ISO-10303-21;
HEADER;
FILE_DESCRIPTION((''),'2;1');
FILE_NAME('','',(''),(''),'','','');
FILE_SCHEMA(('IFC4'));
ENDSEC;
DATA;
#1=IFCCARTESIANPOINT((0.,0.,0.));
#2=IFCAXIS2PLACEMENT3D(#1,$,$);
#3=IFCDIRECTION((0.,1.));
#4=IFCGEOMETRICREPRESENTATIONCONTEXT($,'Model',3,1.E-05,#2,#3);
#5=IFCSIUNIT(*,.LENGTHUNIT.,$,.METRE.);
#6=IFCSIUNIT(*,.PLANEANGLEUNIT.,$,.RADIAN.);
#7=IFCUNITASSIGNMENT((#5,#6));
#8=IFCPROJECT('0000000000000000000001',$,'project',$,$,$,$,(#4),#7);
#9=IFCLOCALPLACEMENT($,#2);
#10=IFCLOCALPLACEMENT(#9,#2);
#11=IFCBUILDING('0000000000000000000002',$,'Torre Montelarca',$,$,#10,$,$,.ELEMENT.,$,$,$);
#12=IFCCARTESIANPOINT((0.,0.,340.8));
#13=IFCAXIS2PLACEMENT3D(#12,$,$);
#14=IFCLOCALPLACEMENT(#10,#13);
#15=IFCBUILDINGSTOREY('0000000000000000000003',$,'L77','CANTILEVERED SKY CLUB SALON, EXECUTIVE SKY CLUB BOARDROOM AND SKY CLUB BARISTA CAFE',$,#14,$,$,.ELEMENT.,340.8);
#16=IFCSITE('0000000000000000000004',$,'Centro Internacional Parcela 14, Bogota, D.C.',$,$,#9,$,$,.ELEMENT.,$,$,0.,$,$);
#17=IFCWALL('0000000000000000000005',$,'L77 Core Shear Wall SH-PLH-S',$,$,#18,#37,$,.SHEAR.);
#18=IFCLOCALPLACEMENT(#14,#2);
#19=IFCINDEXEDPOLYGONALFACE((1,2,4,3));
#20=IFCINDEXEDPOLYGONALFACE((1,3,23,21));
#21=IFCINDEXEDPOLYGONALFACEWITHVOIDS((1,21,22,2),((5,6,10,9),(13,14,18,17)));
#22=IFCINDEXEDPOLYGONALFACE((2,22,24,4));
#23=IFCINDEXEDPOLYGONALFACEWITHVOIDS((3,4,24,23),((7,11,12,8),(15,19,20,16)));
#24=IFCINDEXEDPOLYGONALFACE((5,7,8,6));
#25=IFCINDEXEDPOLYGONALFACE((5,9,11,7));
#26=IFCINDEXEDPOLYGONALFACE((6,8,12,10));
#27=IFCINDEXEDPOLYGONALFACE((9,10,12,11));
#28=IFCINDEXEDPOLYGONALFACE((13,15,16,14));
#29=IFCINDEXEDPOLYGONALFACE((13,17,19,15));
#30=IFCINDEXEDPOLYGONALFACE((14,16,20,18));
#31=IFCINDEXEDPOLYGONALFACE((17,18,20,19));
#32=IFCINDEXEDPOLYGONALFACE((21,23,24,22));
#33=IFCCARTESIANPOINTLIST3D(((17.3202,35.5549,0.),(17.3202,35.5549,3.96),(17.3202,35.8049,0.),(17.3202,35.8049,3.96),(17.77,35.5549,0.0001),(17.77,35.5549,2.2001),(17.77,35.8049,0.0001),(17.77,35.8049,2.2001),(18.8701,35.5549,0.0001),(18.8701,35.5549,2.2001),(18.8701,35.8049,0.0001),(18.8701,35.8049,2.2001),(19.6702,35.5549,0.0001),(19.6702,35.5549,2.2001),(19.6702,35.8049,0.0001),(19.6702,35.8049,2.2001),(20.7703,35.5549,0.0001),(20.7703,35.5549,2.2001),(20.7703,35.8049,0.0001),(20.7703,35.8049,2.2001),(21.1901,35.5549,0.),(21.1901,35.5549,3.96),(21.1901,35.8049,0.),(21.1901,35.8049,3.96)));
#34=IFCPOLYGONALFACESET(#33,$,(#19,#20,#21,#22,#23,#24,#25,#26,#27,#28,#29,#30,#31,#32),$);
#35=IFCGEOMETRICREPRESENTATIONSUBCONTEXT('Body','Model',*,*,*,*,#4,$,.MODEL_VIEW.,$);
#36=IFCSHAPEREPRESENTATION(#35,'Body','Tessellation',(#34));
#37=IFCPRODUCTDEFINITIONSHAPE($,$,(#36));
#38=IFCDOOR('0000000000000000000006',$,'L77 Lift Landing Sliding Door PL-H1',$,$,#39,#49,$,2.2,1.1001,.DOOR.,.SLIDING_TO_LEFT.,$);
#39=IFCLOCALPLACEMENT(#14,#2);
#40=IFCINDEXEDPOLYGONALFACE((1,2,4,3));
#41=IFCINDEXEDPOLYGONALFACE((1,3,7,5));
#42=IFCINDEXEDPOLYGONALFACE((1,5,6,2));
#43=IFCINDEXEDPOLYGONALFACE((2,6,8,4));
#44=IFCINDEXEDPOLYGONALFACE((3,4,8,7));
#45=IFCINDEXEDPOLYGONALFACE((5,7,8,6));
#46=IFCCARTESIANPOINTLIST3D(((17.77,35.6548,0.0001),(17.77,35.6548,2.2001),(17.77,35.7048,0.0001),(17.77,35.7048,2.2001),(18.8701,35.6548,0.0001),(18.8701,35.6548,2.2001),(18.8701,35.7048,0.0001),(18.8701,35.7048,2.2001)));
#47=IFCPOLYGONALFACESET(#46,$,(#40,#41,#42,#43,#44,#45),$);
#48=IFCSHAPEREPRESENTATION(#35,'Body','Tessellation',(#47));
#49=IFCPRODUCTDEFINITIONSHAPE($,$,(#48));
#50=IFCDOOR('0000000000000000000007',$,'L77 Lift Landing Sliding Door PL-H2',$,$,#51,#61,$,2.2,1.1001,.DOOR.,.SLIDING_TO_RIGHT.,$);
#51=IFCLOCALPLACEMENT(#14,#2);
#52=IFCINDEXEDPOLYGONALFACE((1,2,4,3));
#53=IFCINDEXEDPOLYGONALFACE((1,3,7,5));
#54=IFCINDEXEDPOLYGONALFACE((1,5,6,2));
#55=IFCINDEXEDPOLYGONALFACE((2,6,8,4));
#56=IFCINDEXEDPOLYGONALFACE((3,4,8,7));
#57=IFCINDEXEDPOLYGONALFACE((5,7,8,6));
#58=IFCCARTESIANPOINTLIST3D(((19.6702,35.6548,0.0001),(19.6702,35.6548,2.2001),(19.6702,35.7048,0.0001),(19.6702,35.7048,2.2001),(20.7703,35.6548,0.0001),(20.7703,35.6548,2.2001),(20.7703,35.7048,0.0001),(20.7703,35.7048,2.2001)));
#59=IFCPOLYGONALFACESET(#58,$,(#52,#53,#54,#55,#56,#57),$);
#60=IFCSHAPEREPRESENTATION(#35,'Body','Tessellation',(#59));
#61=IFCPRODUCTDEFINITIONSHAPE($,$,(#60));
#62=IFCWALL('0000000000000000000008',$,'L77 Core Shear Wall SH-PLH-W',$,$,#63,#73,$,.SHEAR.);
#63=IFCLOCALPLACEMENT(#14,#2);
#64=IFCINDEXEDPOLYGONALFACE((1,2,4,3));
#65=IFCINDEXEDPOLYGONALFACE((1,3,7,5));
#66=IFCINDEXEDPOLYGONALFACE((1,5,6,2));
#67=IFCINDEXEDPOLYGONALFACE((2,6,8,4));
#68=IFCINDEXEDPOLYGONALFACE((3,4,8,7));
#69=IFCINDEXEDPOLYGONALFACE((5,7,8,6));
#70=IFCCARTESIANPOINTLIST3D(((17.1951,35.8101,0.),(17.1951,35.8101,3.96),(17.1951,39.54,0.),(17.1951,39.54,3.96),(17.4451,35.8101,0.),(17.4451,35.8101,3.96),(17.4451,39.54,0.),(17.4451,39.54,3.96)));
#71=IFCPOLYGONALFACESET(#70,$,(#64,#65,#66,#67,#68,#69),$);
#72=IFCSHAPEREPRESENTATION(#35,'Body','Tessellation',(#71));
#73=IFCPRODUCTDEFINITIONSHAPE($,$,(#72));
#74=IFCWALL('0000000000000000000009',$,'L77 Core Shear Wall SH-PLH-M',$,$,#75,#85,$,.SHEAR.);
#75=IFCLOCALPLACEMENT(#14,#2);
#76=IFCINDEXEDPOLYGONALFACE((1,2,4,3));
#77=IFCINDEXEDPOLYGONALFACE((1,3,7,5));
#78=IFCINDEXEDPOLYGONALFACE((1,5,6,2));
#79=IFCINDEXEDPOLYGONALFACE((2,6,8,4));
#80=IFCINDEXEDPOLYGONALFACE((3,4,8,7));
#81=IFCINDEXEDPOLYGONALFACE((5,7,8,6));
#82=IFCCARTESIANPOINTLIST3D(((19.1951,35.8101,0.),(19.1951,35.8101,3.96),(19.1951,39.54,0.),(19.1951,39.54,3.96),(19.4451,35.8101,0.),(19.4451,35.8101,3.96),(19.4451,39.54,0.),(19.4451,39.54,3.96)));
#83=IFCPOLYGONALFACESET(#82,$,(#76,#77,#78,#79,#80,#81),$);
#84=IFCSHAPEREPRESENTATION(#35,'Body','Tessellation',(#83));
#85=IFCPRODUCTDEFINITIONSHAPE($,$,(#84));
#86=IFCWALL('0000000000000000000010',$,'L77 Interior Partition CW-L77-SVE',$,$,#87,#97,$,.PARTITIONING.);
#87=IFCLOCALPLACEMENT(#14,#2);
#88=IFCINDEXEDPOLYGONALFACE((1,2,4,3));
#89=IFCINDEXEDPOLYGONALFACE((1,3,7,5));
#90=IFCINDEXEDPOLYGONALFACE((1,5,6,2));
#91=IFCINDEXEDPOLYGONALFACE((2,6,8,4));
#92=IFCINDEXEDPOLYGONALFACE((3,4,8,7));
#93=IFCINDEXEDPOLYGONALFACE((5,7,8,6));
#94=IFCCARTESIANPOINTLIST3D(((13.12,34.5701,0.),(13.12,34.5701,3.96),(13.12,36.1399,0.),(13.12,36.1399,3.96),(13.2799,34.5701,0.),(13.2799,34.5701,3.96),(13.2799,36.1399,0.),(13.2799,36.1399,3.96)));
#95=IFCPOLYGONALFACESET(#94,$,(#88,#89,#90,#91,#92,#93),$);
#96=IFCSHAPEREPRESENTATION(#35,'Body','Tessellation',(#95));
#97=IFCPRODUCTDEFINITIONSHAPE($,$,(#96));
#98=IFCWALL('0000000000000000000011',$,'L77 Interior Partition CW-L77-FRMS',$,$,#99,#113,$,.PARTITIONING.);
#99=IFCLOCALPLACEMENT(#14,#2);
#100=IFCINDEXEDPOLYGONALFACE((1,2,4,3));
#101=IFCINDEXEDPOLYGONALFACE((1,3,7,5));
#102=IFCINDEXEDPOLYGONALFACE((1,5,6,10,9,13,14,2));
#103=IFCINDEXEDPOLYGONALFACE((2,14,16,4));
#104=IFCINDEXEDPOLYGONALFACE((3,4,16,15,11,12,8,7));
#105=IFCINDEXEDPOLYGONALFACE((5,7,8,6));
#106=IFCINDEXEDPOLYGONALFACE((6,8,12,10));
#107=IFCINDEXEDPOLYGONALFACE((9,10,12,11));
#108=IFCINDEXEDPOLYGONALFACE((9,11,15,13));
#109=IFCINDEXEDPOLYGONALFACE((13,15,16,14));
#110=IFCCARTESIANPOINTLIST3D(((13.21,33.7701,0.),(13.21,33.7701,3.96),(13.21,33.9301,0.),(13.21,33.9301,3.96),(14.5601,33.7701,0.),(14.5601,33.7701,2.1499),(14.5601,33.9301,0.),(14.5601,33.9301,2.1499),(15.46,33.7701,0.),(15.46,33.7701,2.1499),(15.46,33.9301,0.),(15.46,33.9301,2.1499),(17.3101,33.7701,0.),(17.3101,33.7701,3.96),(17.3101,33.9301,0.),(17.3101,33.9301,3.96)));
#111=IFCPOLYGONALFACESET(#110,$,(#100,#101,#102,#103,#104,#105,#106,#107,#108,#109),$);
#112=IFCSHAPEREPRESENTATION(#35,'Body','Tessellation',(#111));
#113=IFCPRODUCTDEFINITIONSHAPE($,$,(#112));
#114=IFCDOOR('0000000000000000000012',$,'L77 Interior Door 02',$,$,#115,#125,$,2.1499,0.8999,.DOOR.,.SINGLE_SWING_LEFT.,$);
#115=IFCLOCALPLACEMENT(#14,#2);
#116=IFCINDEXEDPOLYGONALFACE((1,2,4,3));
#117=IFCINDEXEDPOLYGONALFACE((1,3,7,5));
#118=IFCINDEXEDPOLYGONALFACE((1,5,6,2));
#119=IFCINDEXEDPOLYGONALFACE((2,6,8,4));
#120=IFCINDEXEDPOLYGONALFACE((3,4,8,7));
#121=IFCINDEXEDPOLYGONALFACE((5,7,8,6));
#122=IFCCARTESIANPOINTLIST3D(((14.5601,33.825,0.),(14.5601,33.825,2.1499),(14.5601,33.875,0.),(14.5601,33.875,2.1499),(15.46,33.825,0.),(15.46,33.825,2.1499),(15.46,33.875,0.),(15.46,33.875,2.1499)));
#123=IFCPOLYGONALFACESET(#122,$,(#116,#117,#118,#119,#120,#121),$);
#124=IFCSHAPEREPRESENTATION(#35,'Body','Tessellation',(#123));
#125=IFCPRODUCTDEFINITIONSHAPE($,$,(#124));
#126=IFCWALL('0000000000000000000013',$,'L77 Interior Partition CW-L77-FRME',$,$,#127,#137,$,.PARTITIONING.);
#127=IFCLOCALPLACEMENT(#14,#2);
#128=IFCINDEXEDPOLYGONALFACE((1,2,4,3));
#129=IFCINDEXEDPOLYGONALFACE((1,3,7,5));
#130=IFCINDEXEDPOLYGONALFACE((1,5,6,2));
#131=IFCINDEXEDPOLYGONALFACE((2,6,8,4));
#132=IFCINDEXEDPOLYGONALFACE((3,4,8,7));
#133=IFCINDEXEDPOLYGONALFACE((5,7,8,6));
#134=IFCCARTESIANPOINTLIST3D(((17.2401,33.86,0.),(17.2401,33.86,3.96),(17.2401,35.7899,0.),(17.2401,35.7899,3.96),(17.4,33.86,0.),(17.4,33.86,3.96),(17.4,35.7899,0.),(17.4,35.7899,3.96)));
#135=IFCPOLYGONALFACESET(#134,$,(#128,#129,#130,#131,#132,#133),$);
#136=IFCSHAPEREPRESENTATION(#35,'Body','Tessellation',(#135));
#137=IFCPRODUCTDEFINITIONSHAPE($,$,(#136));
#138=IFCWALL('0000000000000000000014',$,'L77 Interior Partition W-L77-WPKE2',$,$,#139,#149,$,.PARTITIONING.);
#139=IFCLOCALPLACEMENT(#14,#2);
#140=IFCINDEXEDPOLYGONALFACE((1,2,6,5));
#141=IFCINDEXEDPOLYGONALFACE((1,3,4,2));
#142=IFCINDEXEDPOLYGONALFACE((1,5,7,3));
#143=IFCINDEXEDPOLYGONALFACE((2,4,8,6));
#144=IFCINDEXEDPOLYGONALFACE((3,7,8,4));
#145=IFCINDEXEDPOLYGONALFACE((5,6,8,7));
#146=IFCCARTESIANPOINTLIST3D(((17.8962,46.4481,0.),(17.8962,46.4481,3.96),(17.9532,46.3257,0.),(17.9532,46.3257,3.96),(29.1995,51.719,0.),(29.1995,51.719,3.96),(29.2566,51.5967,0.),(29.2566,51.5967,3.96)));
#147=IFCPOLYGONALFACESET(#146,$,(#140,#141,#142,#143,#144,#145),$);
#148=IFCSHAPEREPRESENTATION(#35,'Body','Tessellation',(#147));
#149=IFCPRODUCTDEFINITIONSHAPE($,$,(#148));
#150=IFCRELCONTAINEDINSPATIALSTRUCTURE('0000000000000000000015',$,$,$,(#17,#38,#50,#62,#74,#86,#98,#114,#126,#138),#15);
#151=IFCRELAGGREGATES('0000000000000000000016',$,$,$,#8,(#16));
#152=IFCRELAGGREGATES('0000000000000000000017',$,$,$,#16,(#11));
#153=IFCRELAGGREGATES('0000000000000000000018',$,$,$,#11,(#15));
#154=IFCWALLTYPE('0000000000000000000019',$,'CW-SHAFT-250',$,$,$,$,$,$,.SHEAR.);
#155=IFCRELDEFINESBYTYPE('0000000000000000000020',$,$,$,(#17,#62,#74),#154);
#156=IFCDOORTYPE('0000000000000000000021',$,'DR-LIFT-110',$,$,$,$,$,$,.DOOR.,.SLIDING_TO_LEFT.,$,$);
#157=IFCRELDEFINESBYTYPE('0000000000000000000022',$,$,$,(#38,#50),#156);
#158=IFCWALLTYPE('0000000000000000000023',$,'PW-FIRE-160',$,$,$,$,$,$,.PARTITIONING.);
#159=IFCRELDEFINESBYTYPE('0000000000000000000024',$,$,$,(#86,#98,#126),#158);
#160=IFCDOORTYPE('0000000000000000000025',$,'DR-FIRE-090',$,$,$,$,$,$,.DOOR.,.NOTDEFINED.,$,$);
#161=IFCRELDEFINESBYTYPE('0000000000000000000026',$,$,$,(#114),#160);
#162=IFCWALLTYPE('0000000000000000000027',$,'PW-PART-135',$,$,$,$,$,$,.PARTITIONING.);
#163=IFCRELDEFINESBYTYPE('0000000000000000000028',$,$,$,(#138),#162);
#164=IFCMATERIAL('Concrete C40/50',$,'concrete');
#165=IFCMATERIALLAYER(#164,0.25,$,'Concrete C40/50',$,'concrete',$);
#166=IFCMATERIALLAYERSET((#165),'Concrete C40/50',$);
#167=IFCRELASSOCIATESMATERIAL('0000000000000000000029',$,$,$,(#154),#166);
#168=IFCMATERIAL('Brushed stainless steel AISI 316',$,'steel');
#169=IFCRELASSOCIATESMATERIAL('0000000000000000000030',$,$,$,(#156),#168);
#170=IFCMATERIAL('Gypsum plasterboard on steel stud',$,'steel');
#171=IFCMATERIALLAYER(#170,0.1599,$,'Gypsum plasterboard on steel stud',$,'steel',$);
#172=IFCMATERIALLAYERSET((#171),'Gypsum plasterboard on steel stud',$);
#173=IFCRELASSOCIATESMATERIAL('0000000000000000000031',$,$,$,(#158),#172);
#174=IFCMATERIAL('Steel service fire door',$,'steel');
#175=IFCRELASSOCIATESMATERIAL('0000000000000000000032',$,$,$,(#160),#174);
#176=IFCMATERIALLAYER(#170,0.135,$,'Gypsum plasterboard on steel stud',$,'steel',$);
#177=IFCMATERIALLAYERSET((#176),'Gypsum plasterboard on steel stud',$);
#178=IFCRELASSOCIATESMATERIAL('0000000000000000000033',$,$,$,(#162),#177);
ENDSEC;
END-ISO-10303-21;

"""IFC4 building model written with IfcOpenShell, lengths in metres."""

from ifc_helpers import new_model, si_unit, direction, frame, frame_2d, origin, place, context, subcontext, project, spatial, rectangle, extrude, source, transform, mapped, material, layer, layer_set, type_object, element, fill, save


model = new_model("IFC4")

# Units and contexts
model_context = context("Model", 3, precision=1e-05, world=origin(), true_north=direction((0.0, 1.0)))
body_context = subcontext(model_context, "Body", "Model", "MODEL_VIEW")
ifc_project = project(units=[si_unit("LENGTHUNIT", "METRE"), si_unit("PLANEANGLEUNIT", "RADIAN")], contexts=[model_context])

# Site, building, storey
site_placement = place(None, origin())
site = spatial("IfcSite", under=ifc_project, at=site_placement, Name="Centro Internacional Parcela 14, Bogota, D.C.", CompositionType="ELEMENT", RefElevation=0.0)
building_placement = place(site_placement, origin())
building = spatial("IfcBuilding", under=site, at=building_placement, Name="Torre Montelarca", CompositionType="ELEMENT")
storey_placement = place(building_placement, frame((0.0, 0.0, 340.8)))
storey = spatial("IfcBuildingStorey", under=building, at=storey_placement, Name="L77", Description="CANTILEVERED SKY CLUB SALON, EXECUTIVE SKY CLUB BOARDROOM AND SKY CLUB BARISTA CAFE", CompositionType="ELEMENT", Elevation=340.8)

# Shared definitions
ifc_material_1 = material(Name="Concrete C40/50", Category="concrete")
ifc_layer_1 = layer(ifc_material_1, 0.25, Name="Concrete C40/50", Category="concrete")
ifc_layer_set_1 = layer_set([ifc_layer_1], Name="Concrete C40/50")
wall_type_1 = type_object("IfcWallType", Name="CW-SHAFT-250", PredefinedType="SHEAR", material=ifc_layer_set_1)

# Shared definitions
ifc_material_2 = material(Name="Brushed stainless steel AISI 316", Category="steel")

# Wall, openings, doors
wall_1_placement = place(storey_placement, frame((17.3201, 35.6799, 0.0), z_axis=(0.0, 0.0, 1.0), x_axis=(1.0, 0.0, 0.0)))
wall_1 = element("IfcWall", 1, at=wall_1_placement, inside=storey, type_object=wall_type_1, Name="L77 Core Shear Wall SH-PLH-S", PredefinedType="SHEAR", context=body_context, shape_type="SweptSolid", body=[
    extrude(rectangle(XDim=3.8699, YDim=0.25, at=frame_2d((1.9351, 0.0))), origin(), (0.0, 0.0, 1.0), 3.96),
])
opening_1_placement = place(wall_1_placement, frame((0.45, 0.0, 0.0)))
opening_1 = element("IfcOpeningElement", 2, at=opening_1_placement, cuts=wall_1, PredefinedType="OPENING", context=body_context, shape_type="SweptSolid", body=[
    extrude(rectangle(XDim=1.1001, YDim=2.2, at=frame_2d((0.55, 1.1001))), frame((0.0, 0.135, 0.0), z_axis=(0.0, -1.0, 0.0), x_axis=(1.0, 0.0, 0.0)), (0.0, 0.0, 1.0), 0.27),
])
opening_2_placement = place(wall_1_placement, frame((2.3501, 0.0, 0.0)))
opening_2 = element("IfcOpeningElement", 3, at=opening_2_placement, cuts=wall_1, PredefinedType="OPENING", context=body_context, shape_type="SweptSolid", body=[
    extrude(rectangle(XDim=1.1001, YDim=2.2, at=frame_2d((0.55, 1.1001))), frame((0.0, 0.135, 0.0), z_axis=(0.0, -1.0, 0.0), x_axis=(1.0, 0.0, 0.0)), (0.0, 0.0, 1.0), 0.27),
])
door_type_1 = type_object("IfcDoorType", Name="DR-LIFT-110", OperationType="SLIDING_TO_LEFT", PredefinedType="DOOR", material=ifc_material_2)
shared_shape_1 = source(origin(), body_context, "Body", "SweptSolid", [
    extrude(rectangle(XDim=1.1001, YDim=2.2, at=frame_2d((0.55, 1.1001))), frame((0.0, 0.0249, 0.0), z_axis=(0.0, -1.0, 0.0), x_axis=(1.0, 0.0, 0.0)), (0.0, 0.0, 1.0), 0.05),
])
door_1_placement = place(opening_1_placement, origin())
door_1 = element("IfcDoor", 4, at=door_1_placement, inside=storey, type_object=door_type_1, Name="L77 Lift Landing Sliding Door PL-H1", OperationType="SLIDING_TO_LEFT", OverallHeight=2.2, OverallWidth=1.1001, PredefinedType="DOOR", context=body_context, shape_type="MappedRepresentation", body=[
    mapped(shared_shape_1, transform((0.0, 0.0, 0.0), scale=1.0)),
])
fill(opening_1, door_1)
door_2_placement = place(opening_2_placement, origin())
door_2 = element("IfcDoor", 5, at=door_2_placement, inside=storey, type_object=door_type_1, Name="L77 Lift Landing Sliding Door PL-H2", OperationType="SLIDING_TO_RIGHT", OverallHeight=2.2, OverallWidth=1.1001, PredefinedType="DOOR", context=body_context, shape_type="MappedRepresentation", body=[
    mapped(shared_shape_1, transform((0.0, 0.0, 0.0), scale=1.0)),
])
fill(opening_2, door_2)

# Walls
for number, where, z_axis, x_axis, name in (
    (6, (17.3201, 35.8101, 0.0), (0.0, 0.0, 1.0), (0.0, 1.0, 0.0), "L77 Core Shear Wall SH-PLH-W"),
    (7, (19.3201, 35.8101, 0.0), (0.0, 0.0, 1.0), (0.0, 1.0, 0.0), "L77 Core Shear Wall SH-PLH-M"),
):
    element("IfcWall", number, at=place(storey_placement, frame(where, z_axis=z_axis, x_axis=x_axis)), inside=storey, type_object=wall_type_1, Name=name, PredefinedType="SHEAR", context=body_context, shape_type="SweptSolid", body=[
        extrude(rectangle(XDim=3.73, YDim=0.25, at=frame_2d((1.865, 0.0))), origin(), (0.0, 0.0, 1.0), 3.96),
    ])
ifc_material_3 = material(Name="Gypsum plasterboard on steel stud", Category="steel")
ifc_layer_2 = layer(ifc_material_3, 0.1599, Name="Gypsum plasterboard on steel stud", Category="steel")
ifc_layer_set_2 = layer_set([ifc_layer_2], Name="Gypsum plasterboard on steel stud")
wall_type_2 = type_object("IfcWallType", Name="PW-FIRE-160", PredefinedType="PARTITIONING", material=ifc_layer_set_2)
wall_2_placement = place(storey_placement, frame((13.2, 34.5701, 0.0), z_axis=(0.0, 0.0, 1.0), x_axis=(0.0, 1.0, 0.0)))
element("IfcWall", 8, at=wall_2_placement, inside=storey, type_object=wall_type_2, Name="L77 Interior Partition CW-L77-SVE", PredefinedType="PARTITIONING", context=body_context, shape_type="SweptSolid", body=[
    extrude(rectangle(XDim=1.5698, YDim=0.1599, at=frame_2d((0.7849, 0.0))), origin(), (0.0, 0.0, 1.0), 3.96),
])

# Wall, opening, door
wall_3_placement = place(storey_placement, frame((13.21, 33.8501, 0.0), z_axis=(0.0, 0.0, 1.0), x_axis=(1.0, 0.0, 0.0)))
wall_3 = element("IfcWall", 9, at=wall_3_placement, inside=storey, type_object=wall_type_2, Name="L77 Interior Partition CW-L77-FRMS", PredefinedType="PARTITIONING", context=body_context, shape_type="SweptSolid", body=[
    extrude(rectangle(XDim=4.1001, YDim=0.1599, at=frame_2d((2.05, 0.0))), origin(), (0.0, 0.0, 1.0), 3.96),
])
opening_3_placement = place(wall_3_placement, frame((1.3501, 0.0, 0.0)))
opening_3 = element("IfcOpeningElement", 10, at=opening_3_placement, cuts=wall_3, PredefinedType="OPENING", context=body_context, shape_type="SweptSolid", body=[
    extrude(rectangle(XDim=0.8999, YDim=2.1499, at=frame_2d((0.45, 1.075))), frame((0.0, 0.0898, 0.0), z_axis=(0.0, -1.0, 0.0), x_axis=(1.0, 0.0, 0.0)), (0.0, 0.0, 1.0), 0.1799),
])
ifc_material_4 = material(Name="Steel service fire door", Category="steel")
door_type_2 = type_object("IfcDoorType", Name="DR-FIRE-090", OperationType="NOTDEFINED", PredefinedType="DOOR", material=ifc_material_4)
shared_shape_2 = source(origin(), body_context, "Body", "SweptSolid", [
    extrude(rectangle(XDim=0.8999, YDim=2.1499, at=frame_2d((0.45, 1.075))), frame((0.0, 0.0249, 0.0), z_axis=(0.0, -1.0, 0.0), x_axis=(1.0, 0.0, 0.0)), (0.0, 0.0, 1.0), 0.05),
])
door_3_placement = place(opening_3_placement, origin())
door_3 = element("IfcDoor", 11, at=door_3_placement, inside=storey, type_object=door_type_2, Name="L77 Interior Door 02", OperationType="SINGLE_SWING_LEFT", OverallHeight=2.1499, OverallWidth=0.8999, PredefinedType="DOOR", context=body_context, shape_type="MappedRepresentation", body=[
    mapped(shared_shape_2, transform((0.0, 0.0, 0.0), scale=1.0)),
])
fill(opening_3, door_3)

# Walls
wall_4_placement = place(storey_placement, frame((17.3201, 33.8601, 0.0), z_axis=(0.0, 0.0, 1.0), x_axis=(0.0, 1.0, 0.0)))
element("IfcWall", 12, at=wall_4_placement, inside=storey, type_object=wall_type_2, Name="L77 Interior Partition CW-L77-FRME", PredefinedType="PARTITIONING", context=body_context, shape_type="SweptSolid", body=[
    extrude(rectangle(XDim=1.9299, YDim=0.1599, at=frame_2d((0.9648, 0.0))), origin(), (0.0, 0.0, 1.0), 3.96),
])
ifc_layer_3 = layer(ifc_material_3, 0.135, Name="Gypsum plasterboard on steel stud", Category="steel")
ifc_layer_set_3 = layer_set([ifc_layer_3], Name="Gypsum plasterboard on steel stud")
wall_type_3 = type_object("IfcWallType", Name="PW-PART-135", PredefinedType="PARTITIONING", material=ifc_layer_set_3)
wall_5_placement = place(storey_placement, frame((17.9248, 46.387, 0.0), z_axis=(0.0, 0.0, 1.0), x_axis=(0.906305, 0.422625, 0.0)))
element("IfcWall", 13, at=wall_5_placement, inside=storey, type_object=wall_type_3, Name="L77 Interior Partition W-L77-WPKE2", PredefinedType="PARTITIONING", context=body_context, shape_type="SweptSolid", body=[
    extrude(rectangle(XDim=12.4719, YDim=0.135, at=frame_2d((6.2358, 0.0))), origin(), (0.0, 0.0, 1.0), 3.96),
])

save(model, "model.ifc")
